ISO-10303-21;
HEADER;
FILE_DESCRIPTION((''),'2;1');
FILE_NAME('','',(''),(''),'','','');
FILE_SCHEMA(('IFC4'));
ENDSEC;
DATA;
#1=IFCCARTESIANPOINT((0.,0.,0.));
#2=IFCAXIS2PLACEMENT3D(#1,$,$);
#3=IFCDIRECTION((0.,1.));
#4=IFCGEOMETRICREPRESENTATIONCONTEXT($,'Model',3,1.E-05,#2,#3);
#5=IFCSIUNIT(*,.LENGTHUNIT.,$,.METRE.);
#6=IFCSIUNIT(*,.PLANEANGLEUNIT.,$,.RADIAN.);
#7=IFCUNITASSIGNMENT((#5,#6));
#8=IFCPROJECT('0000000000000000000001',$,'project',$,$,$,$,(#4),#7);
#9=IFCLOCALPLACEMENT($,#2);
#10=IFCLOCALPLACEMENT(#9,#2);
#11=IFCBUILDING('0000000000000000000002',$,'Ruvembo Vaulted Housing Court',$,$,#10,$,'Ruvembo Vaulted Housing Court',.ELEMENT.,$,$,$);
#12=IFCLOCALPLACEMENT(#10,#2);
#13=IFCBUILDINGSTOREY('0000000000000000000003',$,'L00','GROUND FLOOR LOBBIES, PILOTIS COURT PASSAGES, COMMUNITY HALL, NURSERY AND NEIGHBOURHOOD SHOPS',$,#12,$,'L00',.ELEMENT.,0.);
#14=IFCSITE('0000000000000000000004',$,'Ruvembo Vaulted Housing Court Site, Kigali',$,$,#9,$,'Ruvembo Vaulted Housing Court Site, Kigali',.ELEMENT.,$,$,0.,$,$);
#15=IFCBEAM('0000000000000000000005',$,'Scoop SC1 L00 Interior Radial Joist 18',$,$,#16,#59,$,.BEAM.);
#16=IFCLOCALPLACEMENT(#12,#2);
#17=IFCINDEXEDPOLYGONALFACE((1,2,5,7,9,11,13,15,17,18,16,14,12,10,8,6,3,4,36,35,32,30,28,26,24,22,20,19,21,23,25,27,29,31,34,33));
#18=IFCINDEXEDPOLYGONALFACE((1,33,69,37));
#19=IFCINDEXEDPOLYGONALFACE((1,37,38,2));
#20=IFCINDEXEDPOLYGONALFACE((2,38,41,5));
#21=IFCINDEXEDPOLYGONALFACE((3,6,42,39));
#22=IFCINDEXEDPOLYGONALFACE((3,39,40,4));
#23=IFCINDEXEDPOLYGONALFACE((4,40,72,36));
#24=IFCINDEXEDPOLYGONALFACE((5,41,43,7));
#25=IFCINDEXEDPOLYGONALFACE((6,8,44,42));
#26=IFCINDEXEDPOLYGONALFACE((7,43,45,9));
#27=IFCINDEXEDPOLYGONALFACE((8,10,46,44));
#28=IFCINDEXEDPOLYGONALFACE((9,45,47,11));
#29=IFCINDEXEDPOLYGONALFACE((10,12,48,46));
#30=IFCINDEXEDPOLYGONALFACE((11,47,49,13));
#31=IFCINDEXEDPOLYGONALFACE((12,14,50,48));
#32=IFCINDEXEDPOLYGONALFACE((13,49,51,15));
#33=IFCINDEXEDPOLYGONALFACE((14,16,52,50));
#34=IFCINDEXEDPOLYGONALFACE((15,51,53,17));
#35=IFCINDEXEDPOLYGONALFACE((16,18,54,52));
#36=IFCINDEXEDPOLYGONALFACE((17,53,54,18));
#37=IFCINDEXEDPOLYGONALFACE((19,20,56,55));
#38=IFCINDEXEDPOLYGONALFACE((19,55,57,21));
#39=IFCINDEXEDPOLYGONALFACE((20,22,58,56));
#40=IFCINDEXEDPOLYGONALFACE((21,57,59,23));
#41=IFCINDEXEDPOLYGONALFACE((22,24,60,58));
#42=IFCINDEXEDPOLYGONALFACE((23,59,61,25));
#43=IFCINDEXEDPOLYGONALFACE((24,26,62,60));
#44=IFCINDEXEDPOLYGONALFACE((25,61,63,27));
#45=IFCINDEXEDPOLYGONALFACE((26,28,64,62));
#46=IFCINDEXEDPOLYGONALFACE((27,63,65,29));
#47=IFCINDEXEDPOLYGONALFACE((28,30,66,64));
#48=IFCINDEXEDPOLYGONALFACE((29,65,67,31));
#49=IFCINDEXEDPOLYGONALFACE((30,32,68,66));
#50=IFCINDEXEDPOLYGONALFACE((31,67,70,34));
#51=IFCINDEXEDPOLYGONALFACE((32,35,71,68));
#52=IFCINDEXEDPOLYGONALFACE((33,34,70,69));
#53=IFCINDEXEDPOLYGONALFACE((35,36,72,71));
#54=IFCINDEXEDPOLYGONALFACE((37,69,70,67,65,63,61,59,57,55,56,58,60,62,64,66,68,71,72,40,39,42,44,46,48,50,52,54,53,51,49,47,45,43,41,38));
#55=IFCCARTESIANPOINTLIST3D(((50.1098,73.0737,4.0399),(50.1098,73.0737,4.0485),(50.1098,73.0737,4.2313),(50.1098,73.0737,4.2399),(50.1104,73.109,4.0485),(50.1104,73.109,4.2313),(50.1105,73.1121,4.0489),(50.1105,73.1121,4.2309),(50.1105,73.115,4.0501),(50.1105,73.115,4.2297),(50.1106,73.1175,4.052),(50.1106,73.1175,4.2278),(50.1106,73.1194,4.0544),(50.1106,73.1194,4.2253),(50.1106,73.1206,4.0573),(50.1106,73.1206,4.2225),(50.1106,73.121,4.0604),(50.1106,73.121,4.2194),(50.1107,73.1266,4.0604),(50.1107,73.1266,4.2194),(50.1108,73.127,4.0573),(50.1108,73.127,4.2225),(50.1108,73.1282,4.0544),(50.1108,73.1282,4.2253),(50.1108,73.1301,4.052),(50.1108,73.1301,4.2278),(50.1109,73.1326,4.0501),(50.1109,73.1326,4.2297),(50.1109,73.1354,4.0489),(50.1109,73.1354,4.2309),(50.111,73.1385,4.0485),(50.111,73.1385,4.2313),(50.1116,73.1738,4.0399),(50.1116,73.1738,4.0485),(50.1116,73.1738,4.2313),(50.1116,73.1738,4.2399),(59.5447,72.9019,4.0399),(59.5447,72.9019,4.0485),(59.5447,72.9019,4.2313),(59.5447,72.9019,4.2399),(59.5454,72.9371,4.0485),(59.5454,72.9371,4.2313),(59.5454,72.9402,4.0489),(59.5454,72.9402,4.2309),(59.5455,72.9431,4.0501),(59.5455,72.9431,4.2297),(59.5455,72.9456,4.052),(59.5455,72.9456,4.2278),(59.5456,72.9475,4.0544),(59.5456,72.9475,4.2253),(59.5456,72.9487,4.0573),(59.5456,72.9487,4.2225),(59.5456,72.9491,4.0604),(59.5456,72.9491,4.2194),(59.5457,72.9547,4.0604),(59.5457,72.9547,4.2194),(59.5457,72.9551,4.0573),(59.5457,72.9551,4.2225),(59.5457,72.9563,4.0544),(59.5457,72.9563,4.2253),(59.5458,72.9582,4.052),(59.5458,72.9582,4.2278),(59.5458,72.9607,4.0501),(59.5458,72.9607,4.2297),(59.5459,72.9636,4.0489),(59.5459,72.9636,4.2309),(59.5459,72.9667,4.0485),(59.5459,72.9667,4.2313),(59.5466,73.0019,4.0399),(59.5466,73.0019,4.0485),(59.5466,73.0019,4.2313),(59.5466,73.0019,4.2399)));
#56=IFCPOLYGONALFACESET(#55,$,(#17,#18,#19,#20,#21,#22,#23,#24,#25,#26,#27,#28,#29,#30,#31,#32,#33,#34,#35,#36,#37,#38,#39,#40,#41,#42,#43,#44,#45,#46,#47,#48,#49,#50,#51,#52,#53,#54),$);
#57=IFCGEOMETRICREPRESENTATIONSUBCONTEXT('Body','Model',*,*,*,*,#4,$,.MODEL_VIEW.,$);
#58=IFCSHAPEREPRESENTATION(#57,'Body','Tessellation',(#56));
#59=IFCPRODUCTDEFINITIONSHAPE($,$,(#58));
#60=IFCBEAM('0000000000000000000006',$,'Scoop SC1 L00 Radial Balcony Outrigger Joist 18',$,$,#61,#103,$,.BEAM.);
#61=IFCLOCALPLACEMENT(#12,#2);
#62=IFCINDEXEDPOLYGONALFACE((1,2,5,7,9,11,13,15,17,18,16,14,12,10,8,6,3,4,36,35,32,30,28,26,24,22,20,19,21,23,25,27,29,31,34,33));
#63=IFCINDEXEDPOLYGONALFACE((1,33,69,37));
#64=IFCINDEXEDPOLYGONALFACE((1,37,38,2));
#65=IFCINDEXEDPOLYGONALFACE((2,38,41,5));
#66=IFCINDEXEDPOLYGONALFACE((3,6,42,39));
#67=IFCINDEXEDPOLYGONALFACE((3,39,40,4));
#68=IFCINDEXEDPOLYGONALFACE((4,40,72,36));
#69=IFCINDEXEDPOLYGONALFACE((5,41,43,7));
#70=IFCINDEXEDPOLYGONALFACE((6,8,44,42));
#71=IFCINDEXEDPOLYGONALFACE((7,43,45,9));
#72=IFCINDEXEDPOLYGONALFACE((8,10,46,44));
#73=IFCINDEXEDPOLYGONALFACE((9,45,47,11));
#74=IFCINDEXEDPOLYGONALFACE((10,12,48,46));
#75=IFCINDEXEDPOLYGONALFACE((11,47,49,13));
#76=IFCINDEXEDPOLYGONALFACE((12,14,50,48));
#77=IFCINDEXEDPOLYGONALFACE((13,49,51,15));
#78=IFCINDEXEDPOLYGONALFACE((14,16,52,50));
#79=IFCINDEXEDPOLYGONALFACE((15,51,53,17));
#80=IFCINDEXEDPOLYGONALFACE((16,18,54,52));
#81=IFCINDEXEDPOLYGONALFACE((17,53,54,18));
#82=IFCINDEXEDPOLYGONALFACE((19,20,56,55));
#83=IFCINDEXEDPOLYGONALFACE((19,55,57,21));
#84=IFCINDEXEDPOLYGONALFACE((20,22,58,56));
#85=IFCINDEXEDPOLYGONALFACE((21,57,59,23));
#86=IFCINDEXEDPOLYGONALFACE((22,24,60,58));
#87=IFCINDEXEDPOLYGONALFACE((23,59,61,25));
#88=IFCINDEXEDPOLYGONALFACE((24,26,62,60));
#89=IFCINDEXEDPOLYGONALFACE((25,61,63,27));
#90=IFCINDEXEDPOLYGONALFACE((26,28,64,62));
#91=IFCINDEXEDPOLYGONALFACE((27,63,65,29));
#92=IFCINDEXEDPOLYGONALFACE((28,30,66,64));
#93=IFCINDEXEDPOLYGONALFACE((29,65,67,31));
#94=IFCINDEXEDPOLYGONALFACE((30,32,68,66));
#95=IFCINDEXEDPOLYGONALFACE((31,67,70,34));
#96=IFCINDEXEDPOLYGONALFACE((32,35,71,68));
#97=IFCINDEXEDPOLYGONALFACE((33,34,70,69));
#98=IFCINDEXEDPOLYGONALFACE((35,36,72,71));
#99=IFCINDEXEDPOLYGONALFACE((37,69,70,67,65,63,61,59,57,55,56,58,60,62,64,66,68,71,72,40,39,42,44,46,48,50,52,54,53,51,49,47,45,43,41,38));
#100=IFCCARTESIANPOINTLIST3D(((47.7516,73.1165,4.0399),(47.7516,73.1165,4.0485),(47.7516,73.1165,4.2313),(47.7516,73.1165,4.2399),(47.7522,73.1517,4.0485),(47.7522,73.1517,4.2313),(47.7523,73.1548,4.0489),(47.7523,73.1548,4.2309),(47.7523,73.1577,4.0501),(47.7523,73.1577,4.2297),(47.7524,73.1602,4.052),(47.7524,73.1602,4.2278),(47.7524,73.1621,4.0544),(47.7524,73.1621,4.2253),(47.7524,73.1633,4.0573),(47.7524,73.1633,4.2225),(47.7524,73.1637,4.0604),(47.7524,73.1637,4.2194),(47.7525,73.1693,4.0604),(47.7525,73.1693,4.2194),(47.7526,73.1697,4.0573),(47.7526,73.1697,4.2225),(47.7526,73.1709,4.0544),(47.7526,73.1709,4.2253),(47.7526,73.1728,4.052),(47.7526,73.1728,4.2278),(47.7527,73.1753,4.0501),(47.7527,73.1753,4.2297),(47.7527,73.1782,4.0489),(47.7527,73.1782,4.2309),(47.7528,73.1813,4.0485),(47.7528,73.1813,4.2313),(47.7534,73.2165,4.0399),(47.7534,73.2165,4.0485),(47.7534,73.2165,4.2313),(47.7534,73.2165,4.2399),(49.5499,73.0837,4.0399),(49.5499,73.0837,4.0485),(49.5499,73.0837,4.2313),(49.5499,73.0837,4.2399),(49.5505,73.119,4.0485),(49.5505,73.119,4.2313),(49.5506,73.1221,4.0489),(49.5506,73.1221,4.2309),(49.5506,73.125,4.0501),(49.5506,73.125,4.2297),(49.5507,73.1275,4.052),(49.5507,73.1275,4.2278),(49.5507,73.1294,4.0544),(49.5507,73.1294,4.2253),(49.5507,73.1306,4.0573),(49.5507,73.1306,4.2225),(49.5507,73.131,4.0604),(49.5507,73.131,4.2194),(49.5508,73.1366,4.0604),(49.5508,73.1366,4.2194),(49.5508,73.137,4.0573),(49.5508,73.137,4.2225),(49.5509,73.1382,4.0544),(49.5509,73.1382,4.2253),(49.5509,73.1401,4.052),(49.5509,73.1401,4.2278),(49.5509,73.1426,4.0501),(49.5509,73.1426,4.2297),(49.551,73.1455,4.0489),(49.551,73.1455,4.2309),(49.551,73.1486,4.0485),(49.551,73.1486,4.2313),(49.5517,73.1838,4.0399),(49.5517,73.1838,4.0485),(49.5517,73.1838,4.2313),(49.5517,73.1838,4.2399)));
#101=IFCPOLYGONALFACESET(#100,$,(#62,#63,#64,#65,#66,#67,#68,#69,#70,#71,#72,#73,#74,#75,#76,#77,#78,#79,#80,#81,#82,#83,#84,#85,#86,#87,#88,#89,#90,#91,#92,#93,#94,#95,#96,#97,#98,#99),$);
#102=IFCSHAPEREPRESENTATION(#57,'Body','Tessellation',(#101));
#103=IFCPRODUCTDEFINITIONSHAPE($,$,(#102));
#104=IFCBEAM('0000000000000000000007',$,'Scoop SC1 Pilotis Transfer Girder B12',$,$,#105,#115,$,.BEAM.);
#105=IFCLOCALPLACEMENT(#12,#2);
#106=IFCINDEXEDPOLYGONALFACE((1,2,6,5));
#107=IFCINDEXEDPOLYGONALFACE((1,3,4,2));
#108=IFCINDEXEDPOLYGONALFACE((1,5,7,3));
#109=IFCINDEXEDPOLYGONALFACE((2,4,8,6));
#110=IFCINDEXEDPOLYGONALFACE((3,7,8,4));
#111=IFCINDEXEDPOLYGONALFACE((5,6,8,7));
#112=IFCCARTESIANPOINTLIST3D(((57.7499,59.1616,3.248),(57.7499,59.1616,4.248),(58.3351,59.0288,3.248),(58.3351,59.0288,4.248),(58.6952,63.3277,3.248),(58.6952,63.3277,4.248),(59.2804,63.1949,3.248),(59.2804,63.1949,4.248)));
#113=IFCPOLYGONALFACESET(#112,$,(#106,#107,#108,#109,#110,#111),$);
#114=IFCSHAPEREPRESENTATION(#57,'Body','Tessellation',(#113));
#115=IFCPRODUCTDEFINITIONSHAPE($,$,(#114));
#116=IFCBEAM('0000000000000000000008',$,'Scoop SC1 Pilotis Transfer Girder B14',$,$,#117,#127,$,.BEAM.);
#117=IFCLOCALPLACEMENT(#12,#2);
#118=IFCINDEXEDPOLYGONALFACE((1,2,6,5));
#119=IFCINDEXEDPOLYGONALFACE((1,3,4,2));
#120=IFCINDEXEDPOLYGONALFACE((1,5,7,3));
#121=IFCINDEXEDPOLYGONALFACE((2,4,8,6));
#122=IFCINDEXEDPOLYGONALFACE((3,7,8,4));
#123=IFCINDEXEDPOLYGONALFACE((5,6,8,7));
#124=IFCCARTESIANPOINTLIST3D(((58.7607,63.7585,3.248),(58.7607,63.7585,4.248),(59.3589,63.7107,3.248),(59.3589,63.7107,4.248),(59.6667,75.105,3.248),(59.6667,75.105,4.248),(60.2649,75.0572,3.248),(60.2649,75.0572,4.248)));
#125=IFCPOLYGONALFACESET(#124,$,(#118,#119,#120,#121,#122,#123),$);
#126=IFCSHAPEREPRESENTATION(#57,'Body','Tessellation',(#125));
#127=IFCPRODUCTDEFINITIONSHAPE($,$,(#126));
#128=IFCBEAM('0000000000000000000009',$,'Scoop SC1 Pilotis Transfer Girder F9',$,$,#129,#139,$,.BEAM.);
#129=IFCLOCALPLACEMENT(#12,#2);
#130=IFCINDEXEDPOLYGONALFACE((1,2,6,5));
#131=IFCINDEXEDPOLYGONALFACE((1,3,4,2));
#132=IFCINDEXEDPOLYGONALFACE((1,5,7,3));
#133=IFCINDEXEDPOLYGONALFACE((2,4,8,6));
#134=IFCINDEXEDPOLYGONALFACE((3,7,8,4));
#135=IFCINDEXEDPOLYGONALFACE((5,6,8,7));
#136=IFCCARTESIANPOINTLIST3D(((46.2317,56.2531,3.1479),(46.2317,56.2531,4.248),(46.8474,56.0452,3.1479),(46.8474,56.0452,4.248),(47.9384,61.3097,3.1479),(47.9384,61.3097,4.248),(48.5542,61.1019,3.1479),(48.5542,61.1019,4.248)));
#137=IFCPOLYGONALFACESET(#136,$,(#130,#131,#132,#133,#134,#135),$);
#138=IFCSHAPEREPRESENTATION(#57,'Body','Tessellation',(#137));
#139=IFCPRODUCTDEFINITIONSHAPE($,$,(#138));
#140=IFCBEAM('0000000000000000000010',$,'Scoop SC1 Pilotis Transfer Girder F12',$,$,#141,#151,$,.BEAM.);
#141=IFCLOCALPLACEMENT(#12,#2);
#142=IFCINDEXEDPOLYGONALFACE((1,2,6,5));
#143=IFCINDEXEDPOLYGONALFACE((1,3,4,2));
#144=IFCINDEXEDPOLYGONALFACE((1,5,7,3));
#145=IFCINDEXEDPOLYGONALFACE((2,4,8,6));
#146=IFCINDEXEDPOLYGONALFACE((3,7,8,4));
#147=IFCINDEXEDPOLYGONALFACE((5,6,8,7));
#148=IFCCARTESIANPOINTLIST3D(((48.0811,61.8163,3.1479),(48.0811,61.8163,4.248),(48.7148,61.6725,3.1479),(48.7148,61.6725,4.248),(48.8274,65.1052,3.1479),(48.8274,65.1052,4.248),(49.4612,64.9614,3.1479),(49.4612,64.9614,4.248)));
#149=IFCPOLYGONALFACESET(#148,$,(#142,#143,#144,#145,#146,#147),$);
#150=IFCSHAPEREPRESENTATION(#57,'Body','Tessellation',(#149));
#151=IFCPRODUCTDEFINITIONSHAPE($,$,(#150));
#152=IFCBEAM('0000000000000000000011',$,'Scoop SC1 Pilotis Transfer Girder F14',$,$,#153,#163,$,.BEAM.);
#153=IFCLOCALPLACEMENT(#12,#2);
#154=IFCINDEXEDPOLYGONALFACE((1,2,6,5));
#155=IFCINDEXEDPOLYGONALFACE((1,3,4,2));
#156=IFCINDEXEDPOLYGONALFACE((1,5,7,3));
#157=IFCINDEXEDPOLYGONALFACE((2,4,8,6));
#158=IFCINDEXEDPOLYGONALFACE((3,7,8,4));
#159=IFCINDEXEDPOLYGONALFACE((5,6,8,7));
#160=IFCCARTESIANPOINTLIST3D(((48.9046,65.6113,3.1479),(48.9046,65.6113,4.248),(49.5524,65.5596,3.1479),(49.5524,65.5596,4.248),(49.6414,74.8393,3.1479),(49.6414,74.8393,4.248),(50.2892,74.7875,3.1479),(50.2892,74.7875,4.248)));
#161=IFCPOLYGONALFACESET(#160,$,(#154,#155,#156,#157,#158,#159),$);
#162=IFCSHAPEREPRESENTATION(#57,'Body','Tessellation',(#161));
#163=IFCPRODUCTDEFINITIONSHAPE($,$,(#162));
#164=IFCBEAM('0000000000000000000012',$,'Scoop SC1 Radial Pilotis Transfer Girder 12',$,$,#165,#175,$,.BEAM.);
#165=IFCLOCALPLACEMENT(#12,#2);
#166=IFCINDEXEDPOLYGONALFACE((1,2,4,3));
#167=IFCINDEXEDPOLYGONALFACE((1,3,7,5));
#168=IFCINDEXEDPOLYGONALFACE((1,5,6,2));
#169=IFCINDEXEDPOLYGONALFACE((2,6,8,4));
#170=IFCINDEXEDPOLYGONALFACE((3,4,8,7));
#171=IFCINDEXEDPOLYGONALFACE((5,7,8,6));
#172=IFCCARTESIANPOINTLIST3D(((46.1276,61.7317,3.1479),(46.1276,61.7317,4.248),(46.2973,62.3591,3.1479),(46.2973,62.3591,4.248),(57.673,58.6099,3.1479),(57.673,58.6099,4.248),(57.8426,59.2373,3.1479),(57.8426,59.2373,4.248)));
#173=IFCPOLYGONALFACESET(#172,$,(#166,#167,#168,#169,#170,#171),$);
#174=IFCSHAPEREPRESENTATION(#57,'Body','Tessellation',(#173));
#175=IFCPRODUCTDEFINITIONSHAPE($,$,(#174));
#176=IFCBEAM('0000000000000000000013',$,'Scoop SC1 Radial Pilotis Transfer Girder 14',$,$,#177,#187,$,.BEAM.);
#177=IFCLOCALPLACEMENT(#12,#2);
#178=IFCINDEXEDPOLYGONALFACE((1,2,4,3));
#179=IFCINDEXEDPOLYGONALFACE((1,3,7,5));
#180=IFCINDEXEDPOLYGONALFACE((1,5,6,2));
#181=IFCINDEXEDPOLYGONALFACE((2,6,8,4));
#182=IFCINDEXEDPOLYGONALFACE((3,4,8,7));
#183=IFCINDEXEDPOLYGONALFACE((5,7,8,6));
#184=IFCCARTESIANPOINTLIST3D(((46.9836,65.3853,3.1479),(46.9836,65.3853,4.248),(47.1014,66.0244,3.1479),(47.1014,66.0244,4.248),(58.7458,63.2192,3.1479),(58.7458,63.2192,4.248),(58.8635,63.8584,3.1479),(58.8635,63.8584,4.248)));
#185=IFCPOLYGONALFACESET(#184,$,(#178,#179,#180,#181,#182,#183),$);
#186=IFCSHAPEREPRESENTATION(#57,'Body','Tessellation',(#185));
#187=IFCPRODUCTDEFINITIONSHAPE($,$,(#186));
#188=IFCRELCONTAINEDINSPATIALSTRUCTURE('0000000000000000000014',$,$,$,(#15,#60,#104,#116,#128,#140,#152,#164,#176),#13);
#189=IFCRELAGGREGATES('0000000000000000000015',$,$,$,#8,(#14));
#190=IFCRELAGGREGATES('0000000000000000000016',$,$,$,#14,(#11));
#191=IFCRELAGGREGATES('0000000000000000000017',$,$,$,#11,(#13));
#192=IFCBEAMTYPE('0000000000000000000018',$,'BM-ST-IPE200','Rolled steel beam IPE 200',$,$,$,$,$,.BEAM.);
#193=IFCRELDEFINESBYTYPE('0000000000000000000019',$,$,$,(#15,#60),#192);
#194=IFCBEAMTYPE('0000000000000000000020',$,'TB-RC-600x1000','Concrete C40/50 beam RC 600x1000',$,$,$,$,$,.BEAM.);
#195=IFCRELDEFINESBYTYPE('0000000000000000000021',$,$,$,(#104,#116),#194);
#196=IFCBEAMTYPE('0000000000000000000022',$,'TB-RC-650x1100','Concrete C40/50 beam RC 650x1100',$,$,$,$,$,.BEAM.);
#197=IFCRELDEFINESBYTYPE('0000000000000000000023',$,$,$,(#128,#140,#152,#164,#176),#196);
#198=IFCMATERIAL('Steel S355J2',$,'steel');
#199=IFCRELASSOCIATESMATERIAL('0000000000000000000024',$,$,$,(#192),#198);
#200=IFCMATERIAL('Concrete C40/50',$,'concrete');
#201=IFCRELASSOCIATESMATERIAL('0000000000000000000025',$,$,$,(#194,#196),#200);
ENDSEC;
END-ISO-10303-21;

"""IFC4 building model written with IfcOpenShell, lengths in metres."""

from ifc_helpers import new_model, si_unit, direction, frame, origin, origin_2d, place, context, subcontext, project, spatial, rectangle, i_section, extrude, material, material_profile, profile_set, type_object, element, save


model = new_model("IFC4")

# Units and contexts
model_context = context("Model", 3, precision=1e-05, world=origin(), true_north=direction((0.0, 1.0)))
body_context = subcontext(model_context, "Body", "Model", "MODEL_VIEW")
ifc_project = project(units=[si_unit("LENGTHUNIT", "METRE"), si_unit("PLANEANGLEUNIT", "RADIAN")], contexts=[model_context])

# Site, building, storey
site_placement = place(None, origin())
site = spatial("IfcSite", under=ifc_project, at=site_placement, Name="Ruvembo Vaulted Housing Court Site, Kigali", LongName="Ruvembo Vaulted Housing Court Site, Kigali", CompositionType="ELEMENT", RefElevation=0.0)
building_placement = place(site_placement, origin())
building = spatial("IfcBuilding", under=site, at=building_placement, Name="Ruvembo Vaulted Housing Court", LongName="Ruvembo Vaulted Housing Court", CompositionType="ELEMENT")
storey_placement = place(building_placement, origin())
storey = spatial("IfcBuildingStorey", under=building, at=storey_placement, Name="L00", Description="GROUND FLOOR LOBBIES, PILOTIS COURT PASSAGES, COMMUNITY HALL, NURSERY AND NEIGHBOURHOOD SHOPS", LongName="L00", CompositionType="ELEMENT", Elevation=0.0)

# Shared definitions
ifc_material_1 = material(Name="Concrete C40/50", Category="concrete")

# Beams
ifc_material_2 = material(Name="Steel S355J2", Category="steel")
ifc_material_profile_1 = material_profile(ifc_material_2, i_section(OverallWidth=0.1001, OverallDepth=0.2, WebThickness=0.0056, FlangeThickness=0.0085, FilletRadius=0.012, at=origin_2d()), Name="IPE 200")
ifc_profile_set_1 = profile_set([ifc_material_profile_1], Name="Steel S355J2")
beam_type_1 = type_object("IfcBeamType", Name="BM-ST-IPE200", Description="Rolled steel beam IPE 200", PredefinedType="BEAM", material=ifc_profile_set_1)
beam_1_placement = place(storey_placement, frame((59.5457, 72.9519, 4.1399), z_axis=(-0.999834, 0.018214, 0.0), x_axis=(-0.018214, -0.999834, 0.0)))
element("IfcBeam", 1, at=beam_1_placement, inside=storey, type_object=beam_type_1, Name="Scoop SC1 L00 Interior Radial Joist 18", PredefinedType="BEAM", context=body_context, shape_type="SweptSolid", body=[
    extrude(i_section(OverallWidth=0.1001, OverallDepth=0.2, WebThickness=0.0056, FlangeThickness=0.0085, FilletRadius=0.012, at=origin_2d()), origin(), (0.0, 0.0, 1.0), 9.4365),
])
beam_2_placement = place(storey_placement, frame((49.5508, 73.1338, 4.1399), z_axis=(-0.999835, 0.018189, 0.0), x_axis=(-0.018189, -0.999835, 0.0)))
element("IfcBeam", 2, at=beam_2_placement, inside=storey, type_object=beam_type_1, Name="Scoop SC1 L00 Radial Balcony Outrigger Joist 18", PredefinedType="BEAM", context=body_context, shape_type="SweptSolid", body=[
    extrude(i_section(OverallWidth=0.1001, OverallDepth=0.2, WebThickness=0.0056, FlangeThickness=0.0085, FilletRadius=0.012, at=origin_2d()), origin(), (0.0, 0.0, 1.0), 1.7986),
])
ifc_material_profile_2 = material_profile(ifc_material_1, rectangle(XDim=0.6001, YDim=1.0, at=origin_2d()), Name="RC 600x1000")
ifc_profile_set_2 = profile_set([ifc_material_profile_2], Name="Concrete C40/50")
beam_type_2 = type_object("IfcBeamType", Name="TB-RC-600x1000", Description="Concrete C40/50 beam RC 600x1000", PredefinedType="BEAM", material=ifc_profile_set_2)
beam_3_placement = place(storey_placement, frame((58.0425, 59.0952, 3.748), z_axis=(0.221285, 0.975209, 0.0), x_axis=(-0.975209, 0.221285, 0.0)))
element("IfcBeam", 3, at=beam_3_placement, inside=storey, type_object=beam_type_2, Name="Scoop SC1 Pilotis Transfer Girder B12", PredefinedType="BEAM", context=body_context, shape_type="SweptSolid", body=[
    extrude(rectangle(XDim=0.6001, YDim=1.0, at=origin_2d()), origin(), (0.0, 0.0, 1.0), 4.272),
])
beam_4_placement = place(storey_placement, frame((59.0598, 63.7346, 3.748), z_axis=(0.079596, 0.996827, 0.0), x_axis=(-0.996827, 0.079596, 0.0)))
element("IfcBeam", 4, at=beam_4_placement, inside=storey, type_object=beam_type_2, Name="Scoop SC1 Pilotis Transfer Girder B14", PredefinedType="BEAM", context=body_context, shape_type="SweptSolid", body=[
    extrude(rectangle(XDim=0.6001, YDim=1.0, at=origin_2d()), origin(), (0.0, 0.0, 1.0), 11.3826),
])
ifc_material_profile_3 = material_profile(ifc_material_1, rectangle(XDim=0.6499, YDim=1.1001, at=origin_2d()), Name="RC 650x1100")
ifc_profile_set_3 = profile_set([ifc_material_profile_3], Name="Concrete C40/50")
beam_type_3 = type_object("IfcBeamType", Name="TB-RC-650x1100", Description="Concrete C40/50 beam RC 650x1100", PredefinedType="BEAM", material=ifc_profile_set_3)
beam_5_placement = place(storey_placement, frame((46.5396, 56.1492, 3.698), z_axis=(0.319807, 0.947483, 0.0), x_axis=(-0.947483, 0.319807, 0.0)))
element("IfcBeam", 5, at=beam_5_placement, inside=storey, type_object=beam_type_3, Name="Scoop SC1 Pilotis Transfer Girder F9", PredefinedType="BEAM", context=body_context, shape_type="SweptSolid", body=[
    extrude(rectangle(XDim=0.6499, YDim=1.1001, at=origin_2d()), origin(), (0.0, 0.0, 1.0), 5.3369),
])
beam_6_placement = place(storey_placement, frame((48.3979, 61.7444, 3.698), z_axis=(0.221305, 0.975205, 0.0), x_axis=(-0.975205, 0.221305, 0.0)))
element("IfcBeam", 6, at=beam_6_placement, inside=storey, type_object=beam_type_3, Name="Scoop SC1 Pilotis Transfer Girder F12", PredefinedType="BEAM", context=body_context, shape_type="SweptSolid", body=[
    extrude(rectangle(XDim=0.6499, YDim=1.1001, at=origin_2d()), origin(), (0.0, 0.0, 1.0), 3.3726),
])
beam_7_placement = place(storey_placement, frame((49.2285, 65.5854, 3.698), z_axis=(0.079592, 0.996828, 0.0), x_axis=(-0.996828, 0.079592, 0.0)))
element("IfcBeam", 7, at=beam_7_placement, inside=storey, type_object=beam_type_3, Name="Scoop SC1 Pilotis Transfer Girder F14", PredefinedType="BEAM", context=body_context, shape_type="SweptSolid", body=[
    extrude(rectangle(XDim=0.6499, YDim=1.1001, at=origin_2d()), origin(), (0.0, 0.0, 1.0), 9.2573),
])
for number, where, z_axis, x_axis, name in (
    (8, (57.7578, 58.9236, 3.698), (-0.965333, 0.261022, 0.0), (-0.261022, -0.965333, 0.0), "Scoop SC1 Radial Pilotis Transfer Girder 12"),
    (9, (58.8047, 63.5388, 3.698), (-0.983464, 0.181105, 0.0), (-0.181105, -0.983464, 0.0), "Scoop SC1 Radial Pilotis Transfer Girder 14"),
):
    element("IfcBeam", number, at=place(storey_placement, frame(where, z_axis=z_axis, x_axis=x_axis)), inside=storey, type_object=beam_type_3, Name=name, PredefinedType="BEAM", context=body_context, shape_type="SweptSolid", body=[
        extrude(rectangle(XDim=0.6499, YDim=1.1001, at=origin_2d()), origin(), (0.0, 0.0, 1.0), 11.96),
    ])

save(model, "model.ifc")
